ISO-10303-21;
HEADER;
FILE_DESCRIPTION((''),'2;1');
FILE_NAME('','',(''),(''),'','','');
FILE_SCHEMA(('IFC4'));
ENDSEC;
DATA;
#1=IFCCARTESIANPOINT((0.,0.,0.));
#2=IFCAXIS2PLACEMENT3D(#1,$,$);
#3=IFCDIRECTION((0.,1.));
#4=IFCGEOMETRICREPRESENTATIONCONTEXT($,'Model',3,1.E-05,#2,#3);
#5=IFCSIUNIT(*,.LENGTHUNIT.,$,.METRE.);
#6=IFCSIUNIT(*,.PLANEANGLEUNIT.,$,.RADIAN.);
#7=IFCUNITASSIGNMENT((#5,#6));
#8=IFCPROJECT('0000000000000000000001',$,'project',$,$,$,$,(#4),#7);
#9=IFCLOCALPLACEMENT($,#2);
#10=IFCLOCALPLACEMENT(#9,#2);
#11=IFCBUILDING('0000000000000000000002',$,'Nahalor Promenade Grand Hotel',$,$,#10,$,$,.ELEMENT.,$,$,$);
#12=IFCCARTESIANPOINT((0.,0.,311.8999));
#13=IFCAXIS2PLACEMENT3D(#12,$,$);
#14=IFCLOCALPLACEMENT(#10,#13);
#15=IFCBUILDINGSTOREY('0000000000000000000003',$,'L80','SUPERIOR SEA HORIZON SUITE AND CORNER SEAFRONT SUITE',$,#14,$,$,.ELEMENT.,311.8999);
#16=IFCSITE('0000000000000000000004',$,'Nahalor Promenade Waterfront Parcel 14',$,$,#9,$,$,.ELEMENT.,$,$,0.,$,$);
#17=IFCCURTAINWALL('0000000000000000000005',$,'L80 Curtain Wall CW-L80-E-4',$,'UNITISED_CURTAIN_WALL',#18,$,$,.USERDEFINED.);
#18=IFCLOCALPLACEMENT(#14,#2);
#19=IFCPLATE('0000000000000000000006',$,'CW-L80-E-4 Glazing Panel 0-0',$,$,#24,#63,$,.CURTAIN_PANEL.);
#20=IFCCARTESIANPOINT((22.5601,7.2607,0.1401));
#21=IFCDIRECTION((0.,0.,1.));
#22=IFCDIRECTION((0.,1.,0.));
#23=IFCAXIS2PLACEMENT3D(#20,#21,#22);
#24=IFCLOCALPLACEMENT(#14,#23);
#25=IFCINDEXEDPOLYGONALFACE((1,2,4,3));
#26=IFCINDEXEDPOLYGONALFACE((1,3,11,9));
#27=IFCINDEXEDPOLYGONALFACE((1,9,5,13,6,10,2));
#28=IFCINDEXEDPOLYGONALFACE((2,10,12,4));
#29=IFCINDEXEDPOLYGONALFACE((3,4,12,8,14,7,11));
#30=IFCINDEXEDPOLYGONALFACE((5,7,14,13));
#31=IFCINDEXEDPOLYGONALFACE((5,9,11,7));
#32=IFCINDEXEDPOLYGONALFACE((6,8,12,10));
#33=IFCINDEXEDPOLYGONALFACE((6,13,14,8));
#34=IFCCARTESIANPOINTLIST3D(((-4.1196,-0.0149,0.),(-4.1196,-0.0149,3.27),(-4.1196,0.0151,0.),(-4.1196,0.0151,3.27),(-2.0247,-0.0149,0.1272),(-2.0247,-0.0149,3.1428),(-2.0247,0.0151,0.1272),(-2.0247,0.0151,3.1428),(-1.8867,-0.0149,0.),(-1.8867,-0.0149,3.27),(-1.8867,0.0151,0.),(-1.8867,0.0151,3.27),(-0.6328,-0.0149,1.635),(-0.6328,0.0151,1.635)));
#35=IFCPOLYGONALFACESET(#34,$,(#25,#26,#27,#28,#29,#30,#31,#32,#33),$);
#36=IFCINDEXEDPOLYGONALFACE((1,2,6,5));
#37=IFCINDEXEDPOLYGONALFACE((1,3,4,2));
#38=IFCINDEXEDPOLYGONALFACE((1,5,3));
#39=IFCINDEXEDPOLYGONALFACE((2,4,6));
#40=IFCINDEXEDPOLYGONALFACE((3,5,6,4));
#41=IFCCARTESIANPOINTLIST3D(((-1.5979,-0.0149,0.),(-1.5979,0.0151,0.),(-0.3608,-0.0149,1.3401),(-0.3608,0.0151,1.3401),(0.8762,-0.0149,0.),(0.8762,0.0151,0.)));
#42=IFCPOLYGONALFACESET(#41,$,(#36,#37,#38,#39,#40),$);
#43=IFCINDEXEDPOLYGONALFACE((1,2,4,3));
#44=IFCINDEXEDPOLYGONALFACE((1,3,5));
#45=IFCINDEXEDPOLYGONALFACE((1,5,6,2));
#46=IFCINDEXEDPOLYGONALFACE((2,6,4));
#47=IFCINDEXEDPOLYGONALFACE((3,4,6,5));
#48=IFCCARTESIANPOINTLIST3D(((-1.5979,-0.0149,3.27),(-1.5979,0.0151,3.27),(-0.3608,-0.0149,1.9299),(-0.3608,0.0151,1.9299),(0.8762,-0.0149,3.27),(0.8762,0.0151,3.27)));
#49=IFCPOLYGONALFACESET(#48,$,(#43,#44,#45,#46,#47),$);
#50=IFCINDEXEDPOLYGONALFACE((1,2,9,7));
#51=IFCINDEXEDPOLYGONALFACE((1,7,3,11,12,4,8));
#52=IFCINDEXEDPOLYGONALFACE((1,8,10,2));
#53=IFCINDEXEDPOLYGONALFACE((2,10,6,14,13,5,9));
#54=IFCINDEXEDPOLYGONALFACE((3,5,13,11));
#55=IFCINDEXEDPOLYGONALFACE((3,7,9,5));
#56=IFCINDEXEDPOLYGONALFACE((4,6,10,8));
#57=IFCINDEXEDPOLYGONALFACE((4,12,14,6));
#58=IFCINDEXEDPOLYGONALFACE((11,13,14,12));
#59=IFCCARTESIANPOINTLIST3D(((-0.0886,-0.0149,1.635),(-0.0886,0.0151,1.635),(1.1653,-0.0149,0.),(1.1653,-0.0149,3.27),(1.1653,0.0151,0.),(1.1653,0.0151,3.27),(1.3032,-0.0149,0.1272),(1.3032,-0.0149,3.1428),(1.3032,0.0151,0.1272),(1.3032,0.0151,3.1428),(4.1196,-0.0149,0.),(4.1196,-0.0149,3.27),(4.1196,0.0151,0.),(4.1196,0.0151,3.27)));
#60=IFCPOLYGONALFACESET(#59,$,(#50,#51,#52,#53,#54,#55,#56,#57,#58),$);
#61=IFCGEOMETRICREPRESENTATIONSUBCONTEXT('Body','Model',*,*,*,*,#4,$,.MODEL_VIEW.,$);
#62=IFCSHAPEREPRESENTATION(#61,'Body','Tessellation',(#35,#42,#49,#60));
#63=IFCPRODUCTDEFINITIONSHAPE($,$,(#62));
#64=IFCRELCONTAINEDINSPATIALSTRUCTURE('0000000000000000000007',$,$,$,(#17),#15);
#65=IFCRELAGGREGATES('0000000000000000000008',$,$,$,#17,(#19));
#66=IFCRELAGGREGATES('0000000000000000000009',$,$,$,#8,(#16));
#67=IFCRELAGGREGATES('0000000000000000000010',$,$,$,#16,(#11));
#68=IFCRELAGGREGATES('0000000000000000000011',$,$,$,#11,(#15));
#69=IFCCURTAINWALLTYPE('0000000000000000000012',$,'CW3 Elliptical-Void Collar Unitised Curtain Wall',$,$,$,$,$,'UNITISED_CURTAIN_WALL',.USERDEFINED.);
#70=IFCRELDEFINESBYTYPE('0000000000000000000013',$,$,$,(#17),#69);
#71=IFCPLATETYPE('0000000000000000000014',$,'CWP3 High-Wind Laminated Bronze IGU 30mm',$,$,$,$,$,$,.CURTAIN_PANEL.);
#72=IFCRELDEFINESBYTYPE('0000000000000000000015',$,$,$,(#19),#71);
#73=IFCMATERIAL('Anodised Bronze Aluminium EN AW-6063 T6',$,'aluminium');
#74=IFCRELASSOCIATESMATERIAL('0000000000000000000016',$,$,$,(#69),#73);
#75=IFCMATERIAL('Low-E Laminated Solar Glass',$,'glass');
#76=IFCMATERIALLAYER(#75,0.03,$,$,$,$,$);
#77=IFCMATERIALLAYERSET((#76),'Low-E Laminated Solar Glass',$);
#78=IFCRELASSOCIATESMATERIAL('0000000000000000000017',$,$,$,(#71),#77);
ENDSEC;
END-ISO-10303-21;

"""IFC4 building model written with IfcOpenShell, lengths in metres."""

from ifc_helpers import new_model, si_unit, direction, frame, origin, place, context, subcontext, project, spatial, polyline, outline, extrude, material, layer, layer_set, type_object, element, aggregate, save


model = new_model("IFC4")

# Units and contexts
model_context = context("Model", 3, precision=1e-05, world=origin(), true_north=direction((0.0, 1.0)))
body_context = subcontext(model_context, "Body", "Model", "MODEL_VIEW")
ifc_project = project(units=[si_unit("LENGTHUNIT", "METRE"), si_unit("PLANEANGLEUNIT", "RADIAN")], contexts=[model_context])

# Site, building, storey
site_placement = place(None, origin())
site = spatial("IfcSite", under=ifc_project, at=site_placement, Name="Nahalor Promenade Waterfront Parcel 14", CompositionType="ELEMENT", RefElevation=0.0)
building_placement = place(site_placement, origin())
building = spatial("IfcBuilding", under=site, at=building_placement, Name="Nahalor Promenade Grand Hotel", CompositionType="ELEMENT")
storey_placement = place(building_placement, frame((0.0, 0.0, 311.8999)))
storey = spatial("IfcBuildingStorey", under=building, at=storey_placement, Name="L80", Description="SUPERIOR SEA HORIZON SUITE AND CORNER SEAFRONT SUITE", CompositionType="ELEMENT", Elevation=311.8999)

# Curtain wall
ifc_material_1 = material(Name="Anodised Bronze Aluminium EN AW-6063 T6", Category="aluminium")
curtain_wall_type = type_object("IfcCurtainWallType", Name="CW3 Elliptical-Void Collar Unitised Curtain Wall", ElementType="UNITISED_CURTAIN_WALL", PredefinedType="USERDEFINED", material=ifc_material_1)
curtain_wall_1_placement = place(storey_placement, origin())
curtain_wall_1 = element("IfcCurtainWall", 1, at=curtain_wall_1_placement, inside=storey, type_object=curtain_wall_type, Name="L80 Curtain Wall CW-L80-E-4", ObjectType="UNITISED_CURTAIN_WALL", PredefinedType="USERDEFINED")

# Plate
ifc_material_2 = material(Name="Low-E Laminated Solar Glass", Category="glass")
ifc_layer_1 = layer(ifc_material_2, 0.03)
ifc_layer_set_1 = layer_set([ifc_layer_1], Name="Low-E Laminated Solar Glass")
plate_type_1 = type_object("IfcPlateType", Name="CWP3 High-Wind Laminated Bronze IGU 30mm", PredefinedType="CURTAIN_PANEL", material=ifc_layer_set_1)
plate_1_placement = place(storey_placement, frame((22.5601, 7.2607, 0.1401), z_axis=(0.0, 0.0, 1.0), x_axis=(0.0, 1.0, 0.0)))
plate_1 = element("IfcPlate", 2, at=plate_1_placement, type_object=plate_type_1, Name="CW-L80-E-4 Glazing Panel 0-0", PredefinedType="CURTAIN_PANEL", context=body_context, shape_type="SweptSolid", body=[
    extrude(outline(polyline([(-4.1196, 3.27), (-4.1196, 0.0), (-1.8867, 0.0), (-2.0247, 0.1272), (-0.6328, 1.635), (-2.0247, 3.1428), (-1.8867, 3.27), (-4.1196, 3.27)])), frame((0.0, 0.0151, 0.0), z_axis=(0.0, -1.0, 0.0), x_axis=(1.0, 0.0, 0.0)), (0.0, 0.0, 1.0), 0.03),
    extrude(outline(polyline([(-0.3608, 1.3401), (-1.5979, 0.0), (0.8762, 0.0), (-0.3608, 1.3401)])), frame((0.0, 0.0151, 0.0), z_axis=(0.0, -1.0, 0.0), x_axis=(1.0, 0.0, 0.0)), (0.0, 0.0, 1.0), 0.03),
    extrude(outline(polyline([(-0.3608, 1.9299), (0.8762, 3.27), (-1.5979, 3.27), (-0.3608, 1.9299)])), frame((0.0, 0.0151, 0.0), z_axis=(0.0, -1.0, 0.0), x_axis=(1.0, 0.0, 0.0)), (0.0, 0.0, 1.0), 0.03),
    extrude(outline(polyline([(4.1196, 0.0), (4.1196, 3.27), (1.1653, 3.27), (1.3032, 3.1428), (-0.0886, 1.635), (1.3032, 0.1272), (1.1653, 0.0), (4.1196, 0.0)])), frame((0.0, 0.0151, 0.0), z_axis=(0.0, -1.0, 0.0), x_axis=(1.0, 0.0, 0.0)), (0.0, 0.0, 1.0), 0.03),
])
aggregate(curtain_wall_1, [plate_1])

save(model, "model.ifc")
